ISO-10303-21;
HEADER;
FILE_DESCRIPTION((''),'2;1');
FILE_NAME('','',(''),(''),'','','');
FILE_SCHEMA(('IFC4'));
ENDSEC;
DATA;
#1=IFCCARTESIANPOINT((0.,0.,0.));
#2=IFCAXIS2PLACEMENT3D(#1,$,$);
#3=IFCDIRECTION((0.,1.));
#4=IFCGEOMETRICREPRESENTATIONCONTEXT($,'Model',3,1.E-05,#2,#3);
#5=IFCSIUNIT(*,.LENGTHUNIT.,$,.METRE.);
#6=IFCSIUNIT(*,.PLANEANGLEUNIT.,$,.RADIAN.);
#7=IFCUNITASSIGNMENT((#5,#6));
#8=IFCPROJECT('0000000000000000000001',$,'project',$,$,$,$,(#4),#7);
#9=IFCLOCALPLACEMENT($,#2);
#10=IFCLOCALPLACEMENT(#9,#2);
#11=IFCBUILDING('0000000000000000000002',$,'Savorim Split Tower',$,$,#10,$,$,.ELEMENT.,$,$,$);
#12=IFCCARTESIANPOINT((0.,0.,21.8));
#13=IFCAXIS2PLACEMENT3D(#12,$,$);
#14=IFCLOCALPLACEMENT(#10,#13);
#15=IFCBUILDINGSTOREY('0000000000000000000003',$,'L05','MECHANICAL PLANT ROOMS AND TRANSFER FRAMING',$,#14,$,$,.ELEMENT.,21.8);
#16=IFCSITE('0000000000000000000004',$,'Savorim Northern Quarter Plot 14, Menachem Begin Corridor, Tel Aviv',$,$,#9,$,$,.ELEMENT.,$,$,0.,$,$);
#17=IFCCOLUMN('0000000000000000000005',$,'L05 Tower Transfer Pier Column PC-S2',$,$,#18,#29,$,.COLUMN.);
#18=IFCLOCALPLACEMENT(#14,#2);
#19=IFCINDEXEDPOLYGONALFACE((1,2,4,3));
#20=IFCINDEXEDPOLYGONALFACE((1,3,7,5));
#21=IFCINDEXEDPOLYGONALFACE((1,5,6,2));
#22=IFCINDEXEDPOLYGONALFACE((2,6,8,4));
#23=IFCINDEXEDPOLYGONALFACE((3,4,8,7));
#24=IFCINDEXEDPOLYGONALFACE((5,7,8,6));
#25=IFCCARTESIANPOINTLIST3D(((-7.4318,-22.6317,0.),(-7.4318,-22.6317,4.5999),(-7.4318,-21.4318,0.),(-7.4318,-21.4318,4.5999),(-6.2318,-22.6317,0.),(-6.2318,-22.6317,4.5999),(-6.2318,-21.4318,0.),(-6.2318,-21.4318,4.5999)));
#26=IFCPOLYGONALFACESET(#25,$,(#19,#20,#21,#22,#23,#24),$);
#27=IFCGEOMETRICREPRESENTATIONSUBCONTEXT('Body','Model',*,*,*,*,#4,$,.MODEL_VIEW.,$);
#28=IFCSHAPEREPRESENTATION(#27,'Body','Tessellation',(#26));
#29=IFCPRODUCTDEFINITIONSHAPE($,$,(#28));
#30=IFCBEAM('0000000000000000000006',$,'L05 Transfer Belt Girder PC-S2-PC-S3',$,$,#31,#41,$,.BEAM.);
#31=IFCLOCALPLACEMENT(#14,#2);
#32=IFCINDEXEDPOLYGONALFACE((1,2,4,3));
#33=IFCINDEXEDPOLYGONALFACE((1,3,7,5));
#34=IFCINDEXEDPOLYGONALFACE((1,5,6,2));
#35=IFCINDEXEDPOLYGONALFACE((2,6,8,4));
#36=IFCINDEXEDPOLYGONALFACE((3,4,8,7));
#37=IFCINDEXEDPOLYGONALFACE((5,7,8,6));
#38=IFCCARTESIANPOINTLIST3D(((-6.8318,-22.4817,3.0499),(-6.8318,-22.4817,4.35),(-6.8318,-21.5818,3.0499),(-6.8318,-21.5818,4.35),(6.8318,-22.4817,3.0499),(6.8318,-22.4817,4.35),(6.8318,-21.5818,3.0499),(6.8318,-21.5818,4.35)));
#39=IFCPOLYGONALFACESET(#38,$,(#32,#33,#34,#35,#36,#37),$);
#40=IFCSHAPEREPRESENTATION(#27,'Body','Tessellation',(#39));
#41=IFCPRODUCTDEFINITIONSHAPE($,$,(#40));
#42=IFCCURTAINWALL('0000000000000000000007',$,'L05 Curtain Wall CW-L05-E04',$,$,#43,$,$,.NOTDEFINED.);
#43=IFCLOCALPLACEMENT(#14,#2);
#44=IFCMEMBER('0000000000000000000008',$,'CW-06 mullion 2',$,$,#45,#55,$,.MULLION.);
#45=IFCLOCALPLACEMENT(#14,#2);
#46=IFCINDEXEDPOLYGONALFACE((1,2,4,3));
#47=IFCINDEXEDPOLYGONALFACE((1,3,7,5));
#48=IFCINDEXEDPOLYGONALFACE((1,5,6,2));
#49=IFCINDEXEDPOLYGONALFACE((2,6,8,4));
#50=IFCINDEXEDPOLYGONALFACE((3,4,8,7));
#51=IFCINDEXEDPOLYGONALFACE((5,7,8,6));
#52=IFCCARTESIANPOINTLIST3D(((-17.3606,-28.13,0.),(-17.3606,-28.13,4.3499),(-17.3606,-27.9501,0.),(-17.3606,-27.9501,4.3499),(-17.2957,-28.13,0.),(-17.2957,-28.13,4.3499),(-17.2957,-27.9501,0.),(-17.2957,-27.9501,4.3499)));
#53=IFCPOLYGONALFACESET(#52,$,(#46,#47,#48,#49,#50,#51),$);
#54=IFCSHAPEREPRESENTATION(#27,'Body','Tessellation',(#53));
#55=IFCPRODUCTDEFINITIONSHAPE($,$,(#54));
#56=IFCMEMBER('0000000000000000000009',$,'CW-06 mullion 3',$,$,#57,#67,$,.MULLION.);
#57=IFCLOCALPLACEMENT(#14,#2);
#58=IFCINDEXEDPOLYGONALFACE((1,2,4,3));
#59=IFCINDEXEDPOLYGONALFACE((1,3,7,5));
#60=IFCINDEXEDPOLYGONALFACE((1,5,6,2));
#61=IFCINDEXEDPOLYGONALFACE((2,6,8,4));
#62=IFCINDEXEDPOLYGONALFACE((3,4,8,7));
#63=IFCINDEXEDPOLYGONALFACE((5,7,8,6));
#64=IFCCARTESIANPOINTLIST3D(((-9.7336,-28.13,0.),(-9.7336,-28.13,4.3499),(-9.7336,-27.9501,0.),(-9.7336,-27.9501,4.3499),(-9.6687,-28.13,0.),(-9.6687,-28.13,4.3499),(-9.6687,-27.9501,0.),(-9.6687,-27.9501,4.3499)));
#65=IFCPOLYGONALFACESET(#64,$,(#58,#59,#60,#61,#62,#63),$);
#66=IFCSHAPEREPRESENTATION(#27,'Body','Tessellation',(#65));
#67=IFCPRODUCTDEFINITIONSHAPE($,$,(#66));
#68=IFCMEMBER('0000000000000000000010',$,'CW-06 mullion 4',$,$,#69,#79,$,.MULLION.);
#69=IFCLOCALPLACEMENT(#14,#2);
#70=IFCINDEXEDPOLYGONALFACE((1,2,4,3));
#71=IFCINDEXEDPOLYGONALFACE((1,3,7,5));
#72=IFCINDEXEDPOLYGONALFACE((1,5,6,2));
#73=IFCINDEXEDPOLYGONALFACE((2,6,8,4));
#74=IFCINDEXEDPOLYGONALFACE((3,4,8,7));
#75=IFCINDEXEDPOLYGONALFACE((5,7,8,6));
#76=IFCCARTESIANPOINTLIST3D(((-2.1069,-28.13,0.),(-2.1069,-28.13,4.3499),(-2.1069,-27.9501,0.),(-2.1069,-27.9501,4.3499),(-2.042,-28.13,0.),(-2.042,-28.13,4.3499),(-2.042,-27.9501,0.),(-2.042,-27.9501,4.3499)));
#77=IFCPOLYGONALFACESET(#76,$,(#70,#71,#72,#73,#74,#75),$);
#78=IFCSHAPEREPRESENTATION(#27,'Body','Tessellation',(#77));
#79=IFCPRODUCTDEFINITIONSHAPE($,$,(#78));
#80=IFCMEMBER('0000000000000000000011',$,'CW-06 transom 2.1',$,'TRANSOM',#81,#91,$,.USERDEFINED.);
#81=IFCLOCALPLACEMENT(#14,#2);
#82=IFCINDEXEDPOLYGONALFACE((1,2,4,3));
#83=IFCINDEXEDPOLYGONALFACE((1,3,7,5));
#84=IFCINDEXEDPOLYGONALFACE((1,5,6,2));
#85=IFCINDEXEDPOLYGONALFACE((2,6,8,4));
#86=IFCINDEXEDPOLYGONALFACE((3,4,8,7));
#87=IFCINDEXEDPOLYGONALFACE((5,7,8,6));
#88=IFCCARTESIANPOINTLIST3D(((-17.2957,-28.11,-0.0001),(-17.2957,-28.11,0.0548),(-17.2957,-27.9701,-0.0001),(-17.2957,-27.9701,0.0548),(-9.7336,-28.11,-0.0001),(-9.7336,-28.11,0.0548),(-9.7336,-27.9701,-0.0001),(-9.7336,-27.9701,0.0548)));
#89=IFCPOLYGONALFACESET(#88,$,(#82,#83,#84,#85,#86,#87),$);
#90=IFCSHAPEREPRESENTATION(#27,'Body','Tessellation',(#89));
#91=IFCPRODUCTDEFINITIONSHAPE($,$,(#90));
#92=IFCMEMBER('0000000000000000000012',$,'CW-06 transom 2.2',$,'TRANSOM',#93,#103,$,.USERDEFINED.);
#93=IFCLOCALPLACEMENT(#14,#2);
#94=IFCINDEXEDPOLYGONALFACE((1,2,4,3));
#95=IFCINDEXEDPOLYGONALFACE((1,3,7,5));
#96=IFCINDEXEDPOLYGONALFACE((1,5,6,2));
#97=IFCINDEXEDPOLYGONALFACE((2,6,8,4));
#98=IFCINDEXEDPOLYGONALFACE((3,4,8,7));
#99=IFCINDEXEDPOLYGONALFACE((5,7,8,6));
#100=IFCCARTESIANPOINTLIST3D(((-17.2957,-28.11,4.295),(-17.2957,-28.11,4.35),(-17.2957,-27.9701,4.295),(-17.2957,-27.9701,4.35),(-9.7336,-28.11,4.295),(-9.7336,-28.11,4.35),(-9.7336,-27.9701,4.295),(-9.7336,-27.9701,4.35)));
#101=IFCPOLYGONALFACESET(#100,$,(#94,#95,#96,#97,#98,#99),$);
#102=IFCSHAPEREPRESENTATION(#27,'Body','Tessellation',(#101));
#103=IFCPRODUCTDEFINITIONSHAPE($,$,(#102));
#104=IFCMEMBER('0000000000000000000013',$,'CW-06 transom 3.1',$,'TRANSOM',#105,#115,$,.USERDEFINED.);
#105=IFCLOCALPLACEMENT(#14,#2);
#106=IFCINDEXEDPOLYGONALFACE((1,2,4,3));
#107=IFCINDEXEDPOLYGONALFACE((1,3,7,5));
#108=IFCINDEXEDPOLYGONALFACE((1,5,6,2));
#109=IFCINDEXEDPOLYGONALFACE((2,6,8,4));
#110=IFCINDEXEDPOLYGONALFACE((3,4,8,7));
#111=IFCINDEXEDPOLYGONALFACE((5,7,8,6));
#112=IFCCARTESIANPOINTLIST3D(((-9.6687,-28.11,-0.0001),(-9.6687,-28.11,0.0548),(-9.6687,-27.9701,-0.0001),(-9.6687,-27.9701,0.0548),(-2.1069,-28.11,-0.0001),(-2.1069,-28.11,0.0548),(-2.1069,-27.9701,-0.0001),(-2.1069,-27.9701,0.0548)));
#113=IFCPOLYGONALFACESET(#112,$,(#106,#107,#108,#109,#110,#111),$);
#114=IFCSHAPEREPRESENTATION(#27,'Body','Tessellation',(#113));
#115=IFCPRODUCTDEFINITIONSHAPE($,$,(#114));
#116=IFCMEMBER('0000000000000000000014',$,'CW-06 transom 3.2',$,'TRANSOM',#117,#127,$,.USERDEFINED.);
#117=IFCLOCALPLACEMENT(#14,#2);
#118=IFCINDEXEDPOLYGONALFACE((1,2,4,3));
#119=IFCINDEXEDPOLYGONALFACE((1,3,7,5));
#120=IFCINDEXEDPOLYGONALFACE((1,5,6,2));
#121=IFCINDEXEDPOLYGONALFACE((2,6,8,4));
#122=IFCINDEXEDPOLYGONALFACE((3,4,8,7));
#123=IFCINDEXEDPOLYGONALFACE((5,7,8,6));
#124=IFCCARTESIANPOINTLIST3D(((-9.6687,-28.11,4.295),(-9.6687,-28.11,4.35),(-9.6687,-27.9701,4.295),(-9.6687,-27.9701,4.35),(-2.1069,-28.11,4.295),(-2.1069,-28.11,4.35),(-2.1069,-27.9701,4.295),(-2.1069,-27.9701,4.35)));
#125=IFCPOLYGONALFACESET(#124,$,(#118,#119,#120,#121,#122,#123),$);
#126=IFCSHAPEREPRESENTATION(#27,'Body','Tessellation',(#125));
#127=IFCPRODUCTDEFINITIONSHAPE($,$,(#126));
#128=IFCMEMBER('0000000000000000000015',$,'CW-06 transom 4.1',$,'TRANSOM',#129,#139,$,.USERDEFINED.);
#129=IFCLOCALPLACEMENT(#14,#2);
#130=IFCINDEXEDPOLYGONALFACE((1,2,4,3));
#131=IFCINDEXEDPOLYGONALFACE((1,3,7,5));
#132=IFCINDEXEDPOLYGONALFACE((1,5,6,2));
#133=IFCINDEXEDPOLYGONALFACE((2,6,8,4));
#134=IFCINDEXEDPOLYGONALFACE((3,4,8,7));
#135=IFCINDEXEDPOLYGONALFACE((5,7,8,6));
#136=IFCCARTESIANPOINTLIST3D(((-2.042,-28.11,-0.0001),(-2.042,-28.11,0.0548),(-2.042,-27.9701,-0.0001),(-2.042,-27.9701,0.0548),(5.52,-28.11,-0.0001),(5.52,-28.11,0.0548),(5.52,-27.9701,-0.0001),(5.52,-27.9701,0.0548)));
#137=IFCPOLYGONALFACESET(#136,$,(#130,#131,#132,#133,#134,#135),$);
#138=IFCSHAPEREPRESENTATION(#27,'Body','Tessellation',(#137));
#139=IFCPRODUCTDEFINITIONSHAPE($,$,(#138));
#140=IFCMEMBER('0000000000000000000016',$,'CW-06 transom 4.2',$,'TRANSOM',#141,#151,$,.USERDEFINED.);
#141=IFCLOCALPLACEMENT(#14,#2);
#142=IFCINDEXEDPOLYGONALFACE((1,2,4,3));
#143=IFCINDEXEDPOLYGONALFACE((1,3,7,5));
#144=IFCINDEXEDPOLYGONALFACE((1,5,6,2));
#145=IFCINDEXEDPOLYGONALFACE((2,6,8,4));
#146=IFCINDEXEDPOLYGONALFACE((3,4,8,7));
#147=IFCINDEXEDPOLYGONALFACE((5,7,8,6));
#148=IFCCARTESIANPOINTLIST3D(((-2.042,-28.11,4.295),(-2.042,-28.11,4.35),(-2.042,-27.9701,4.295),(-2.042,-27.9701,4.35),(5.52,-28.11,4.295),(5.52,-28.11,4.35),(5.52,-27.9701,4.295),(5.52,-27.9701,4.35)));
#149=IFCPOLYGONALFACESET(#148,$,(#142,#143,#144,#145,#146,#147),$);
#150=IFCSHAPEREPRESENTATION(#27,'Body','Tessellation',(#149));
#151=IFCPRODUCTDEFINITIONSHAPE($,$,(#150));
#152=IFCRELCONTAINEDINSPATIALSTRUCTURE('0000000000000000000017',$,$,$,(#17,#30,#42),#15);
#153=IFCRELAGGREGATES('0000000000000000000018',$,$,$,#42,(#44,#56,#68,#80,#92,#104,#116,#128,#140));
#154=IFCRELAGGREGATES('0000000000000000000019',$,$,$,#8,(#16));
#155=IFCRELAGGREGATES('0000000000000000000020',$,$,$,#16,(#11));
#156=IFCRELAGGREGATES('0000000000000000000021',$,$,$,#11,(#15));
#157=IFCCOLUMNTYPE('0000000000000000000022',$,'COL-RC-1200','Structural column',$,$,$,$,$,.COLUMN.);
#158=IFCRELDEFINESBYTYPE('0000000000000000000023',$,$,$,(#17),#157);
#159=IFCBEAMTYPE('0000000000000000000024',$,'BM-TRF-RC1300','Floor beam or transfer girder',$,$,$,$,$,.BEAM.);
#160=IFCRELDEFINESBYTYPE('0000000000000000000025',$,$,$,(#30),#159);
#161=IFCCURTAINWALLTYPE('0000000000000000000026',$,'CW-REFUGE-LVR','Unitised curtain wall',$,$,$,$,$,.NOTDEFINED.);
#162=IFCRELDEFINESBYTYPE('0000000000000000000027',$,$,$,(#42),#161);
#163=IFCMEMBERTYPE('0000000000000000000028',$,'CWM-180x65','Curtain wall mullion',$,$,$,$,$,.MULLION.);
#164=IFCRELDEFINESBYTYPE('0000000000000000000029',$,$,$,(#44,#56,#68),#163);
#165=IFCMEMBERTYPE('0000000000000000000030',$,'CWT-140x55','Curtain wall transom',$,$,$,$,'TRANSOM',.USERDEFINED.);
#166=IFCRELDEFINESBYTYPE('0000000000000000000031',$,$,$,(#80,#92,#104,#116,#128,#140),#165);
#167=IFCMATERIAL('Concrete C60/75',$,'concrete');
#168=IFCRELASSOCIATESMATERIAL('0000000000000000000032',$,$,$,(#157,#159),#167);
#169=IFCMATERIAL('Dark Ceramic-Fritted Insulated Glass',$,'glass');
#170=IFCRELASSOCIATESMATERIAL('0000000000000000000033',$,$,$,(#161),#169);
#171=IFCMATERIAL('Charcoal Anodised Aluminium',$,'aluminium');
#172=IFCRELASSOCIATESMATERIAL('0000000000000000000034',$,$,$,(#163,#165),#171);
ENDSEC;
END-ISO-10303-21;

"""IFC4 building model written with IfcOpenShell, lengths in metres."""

from ifc_helpers import new_model, si_unit, direction, frame, origin, origin_2d, place, context, subcontext, project, spatial, rectangle, extrude, material, material_profile, profile_set, type_object, element, aggregate, save


model = new_model("IFC4")

# Units and contexts
model_context = context("Model", 3, precision=1e-05, world=origin(), true_north=direction((0.0, 1.0)))
body_context = subcontext(model_context, "Body", "Model", "MODEL_VIEW")
ifc_project = project(units=[si_unit("LENGTHUNIT", "METRE"), si_unit("PLANEANGLEUNIT", "RADIAN")], contexts=[model_context])

# Site, building, storey
site_placement = place(None, origin())
site = spatial("IfcSite", under=ifc_project, at=site_placement, Name="Savorim Northern Quarter Plot 14, Menachem Begin Corridor, Tel Aviv", CompositionType="ELEMENT", RefElevation=0.0)
building_placement = place(site_placement, origin())
building = spatial("IfcBuilding", under=site, at=building_placement, Name="Savorim Split Tower", CompositionType="ELEMENT")
storey_placement = place(building_placement, frame((0.0, 0.0, 21.8)))
storey = spatial("IfcBuildingStorey", under=building, at=storey_placement, Name="L05", Description="MECHANICAL PLANT ROOMS AND TRANSFER FRAMING", CompositionType="ELEMENT", Elevation=21.8)

# Column
ifc_material_1 = material(Name="Concrete C60/75", Category="concrete")
ifc_material_profile_1 = material_profile(ifc_material_1, rectangle(XDim=1.2, YDim=1.2, at=origin_2d()), Name="RC 1200x1200")
ifc_profile_set_1 = profile_set([ifc_material_profile_1], Name="Concrete C60/75")
column_type = type_object("IfcColumnType", Name="COL-RC-1200", Description="Structural column", PredefinedType="COLUMN", material=ifc_profile_set_1)
column_placement = place(storey_placement, frame((-6.8318, -22.0317, 0.0), z_axis=(0.0, 0.0, 1.0), x_axis=(1.0, 0.0, 0.0)))
element("IfcColumn", 1, at=column_placement, inside=storey, type_object=column_type, Name="L05 Tower Transfer Pier Column PC-S2", PredefinedType="COLUMN", context=body_context, shape_type="SweptSolid", body=[
    extrude(rectangle(XDim=1.2, YDim=1.2, at=origin_2d()), origin(), (0.0, 0.0, 1.0), 4.5999),
])

# Beam
ifc_material_profile_2 = material_profile(ifc_material_1, rectangle(XDim=0.8999, YDim=1.3, at=origin_2d()), Name="RC 900x1300")
ifc_profile_set_2 = profile_set([ifc_material_profile_2], Name="Concrete C60/75")
beam_type = type_object("IfcBeamType", Name="BM-TRF-RC1300", Description="Floor beam or transfer girder", PredefinedType="BEAM", material=ifc_profile_set_2)
beam_placement = place(storey_placement, frame((-6.8318, -22.0317, 3.7), z_axis=(1.0, 0.0, 0.0), x_axis=(0.0, 1.0, 0.0)))
element("IfcBeam", 2, at=beam_placement, inside=storey, type_object=beam_type, Name="L05 Transfer Belt Girder PC-S2-PC-S3", PredefinedType="BEAM", context=body_context, shape_type="SweptSolid", body=[
    extrude(rectangle(XDim=0.8999, YDim=1.3, at=origin_2d()), origin(), (0.0, 0.0, 1.0), 13.6636),
])

# Curtain wall, members
ifc_material_2 = material(Name="Dark Ceramic-Fritted Insulated Glass", Category="glass")
curtain_wall_type = type_object("IfcCurtainWallType", Name="CW-REFUGE-LVR", Description="Unitised curtain wall", PredefinedType="NOTDEFINED", material=ifc_material_2)
curtain_wall_placement = place(storey_placement, origin())
curtain_wall = element("IfcCurtainWall", 3, at=curtain_wall_placement, inside=storey, type_object=curtain_wall_type, Name="L05 Curtain Wall CW-L05-E04", PredefinedType="NOTDEFINED")
ifc_material_3 = material(Name="Charcoal Anodised Aluminium", Category="aluminium")
ifc_material_profile_3 = material_profile(ifc_material_3, rectangle(XDim=0.1799, YDim=0.0649, at=origin_2d()), Name="ALU-M 180x65")
ifc_profile_set_3 = profile_set([ifc_material_profile_3], Name="Charcoal Anodised Aluminium")
member_type_1 = type_object("IfcMemberType", Name="CWM-180x65", Description="Curtain wall mullion", PredefinedType="MULLION", material=ifc_profile_set_3)
member_1_placement = place(storey_placement, frame((-17.3281, -28.04, 0.0), z_axis=(0.0, 0.0, 1.0), x_axis=(0.0, 1.0, 0.0)))
member_1 = element("IfcMember", 4, at=member_1_placement, type_object=member_type_1, Name="CW-06 mullion 2", PredefinedType="MULLION", context=body_context, shape_type="SweptSolid", body=[
    extrude(rectangle(XDim=0.1799, YDim=0.0649, at=origin_2d()), origin(), (0.0, 0.0, 1.0), 4.3499),
])
member_2_placement = place(storey_placement, frame((-9.7012, -28.04, 0.0), z_axis=(0.0, 0.0, 1.0), x_axis=(0.0, 1.0, 0.0)))
member_2 = element("IfcMember", 5, at=member_2_placement, type_object=member_type_1, Name="CW-06 mullion 3", PredefinedType="MULLION", context=body_context, shape_type="SweptSolid", body=[
    extrude(rectangle(XDim=0.1799, YDim=0.0649, at=origin_2d()), origin(), (0.0, 0.0, 1.0), 4.3499),
])
member_3_placement = place(storey_placement, frame((-2.0745, -28.04, 0.0), z_axis=(0.0, 0.0, 1.0), x_axis=(0.0, 1.0, 0.0)))
member_3 = element("IfcMember", 6, at=member_3_placement, type_object=member_type_1, Name="CW-06 mullion 4", PredefinedType="MULLION", context=body_context, shape_type="SweptSolid", body=[
    extrude(rectangle(XDim=0.1799, YDim=0.0649, at=origin_2d()), origin(), (0.0, 0.0, 1.0), 4.3499),
])
ifc_material_profile_4 = material_profile(ifc_material_3, rectangle(XDim=0.1399, YDim=0.0549, at=origin_2d()), Name="ALU-T 140x55")
ifc_profile_set_4 = profile_set([ifc_material_profile_4], Name="Charcoal Anodised Aluminium")
member_type_2 = type_object("IfcMemberType", Name="CWT-140x55", Description="Curtain wall transom", ElementType="TRANSOM", PredefinedType="USERDEFINED", material=ifc_profile_set_4)
member_4_placement = place(storey_placement, frame((-17.2957, -28.04, 0.0273), z_axis=(1.0, 0.0, 0.0), x_axis=(0.0, 1.0, 0.0)))
member_4 = element("IfcMember", 7, at=member_4_placement, type_object=member_type_2, Name="CW-06 transom 2.1", ObjectType="TRANSOM", PredefinedType="USERDEFINED", context=body_context, shape_type="SweptSolid", body=[
    extrude(rectangle(XDim=0.1399, YDim=0.0549, at=origin_2d()), origin(), (0.0, 0.0, 1.0), 7.562),
])
member_5_placement = place(storey_placement, frame((-17.2957, -28.04, 4.3225), z_axis=(1.0, 0.0, 0.0), x_axis=(0.0, 1.0, 0.0)))
member_5 = element("IfcMember", 8, at=member_5_placement, type_object=member_type_2, Name="CW-06 transom 2.2", ObjectType="TRANSOM", PredefinedType="USERDEFINED", context=body_context, shape_type="SweptSolid", body=[
    extrude(rectangle(XDim=0.1399, YDim=0.0549, at=origin_2d()), origin(), (0.0, 0.0, 1.0), 7.562),
])
member_6_placement = place(storey_placement, frame((-9.6687, -28.04, 0.0273), z_axis=(1.0, 0.0, 0.0), x_axis=(0.0, 1.0, 0.0)))
member_6 = element("IfcMember", 9, at=member_6_placement, type_object=member_type_2, Name="CW-06 transom 3.1", ObjectType="TRANSOM", PredefinedType="USERDEFINED", context=body_context, shape_type="SweptSolid", body=[
    extrude(rectangle(XDim=0.1399, YDim=0.0549, at=origin_2d()), origin(), (0.0, 0.0, 1.0), 7.5618),
])
member_7_placement = place(storey_placement, frame((-9.6687, -28.04, 4.3225), z_axis=(1.0, 0.0, 0.0), x_axis=(0.0, 1.0, 0.0)))
member_7 = element("IfcMember", 10, at=member_7_placement, type_object=member_type_2, Name="CW-06 transom 3.2", ObjectType="TRANSOM", PredefinedType="USERDEFINED", context=body_context, shape_type="SweptSolid", body=[
    extrude(rectangle(XDim=0.1399, YDim=0.0549, at=origin_2d()), origin(), (0.0, 0.0, 1.0), 7.5618),
])
member_8_placement = place(storey_placement, frame((-2.042, -28.04, 0.0273), z_axis=(1.0, 0.0, 0.0), x_axis=(0.0, 1.0, 0.0)))
member_8 = element("IfcMember", 11, at=member_8_placement, type_object=member_type_2, Name="CW-06 transom 4.1", ObjectType="TRANSOM", PredefinedType="USERDEFINED", context=body_context, shape_type="SweptSolid", body=[
    extrude(rectangle(XDim=0.1399, YDim=0.0549, at=origin_2d()), origin(), (0.0, 0.0, 1.0), 7.562),
])
member_9_placement = place(storey_placement, frame((-2.042, -28.04, 4.3225), z_axis=(1.0, 0.0, 0.0), x_axis=(0.0, 1.0, 0.0)))
member_9 = element("IfcMember", 12, at=member_9_placement, type_object=member_type_2, Name="CW-06 transom 4.2", ObjectType="TRANSOM", PredefinedType="USERDEFINED", context=body_context, shape_type="SweptSolid", body=[
    extrude(rectangle(XDim=0.1399, YDim=0.0549, at=origin_2d()), origin(), (0.0, 0.0, 1.0), 7.562),
])

aggregate(curtain_wall, [member_1, member_2, member_3, member_4, member_5, member_6, member_7, member_8, member_9])

save(model, "model.ifc")
